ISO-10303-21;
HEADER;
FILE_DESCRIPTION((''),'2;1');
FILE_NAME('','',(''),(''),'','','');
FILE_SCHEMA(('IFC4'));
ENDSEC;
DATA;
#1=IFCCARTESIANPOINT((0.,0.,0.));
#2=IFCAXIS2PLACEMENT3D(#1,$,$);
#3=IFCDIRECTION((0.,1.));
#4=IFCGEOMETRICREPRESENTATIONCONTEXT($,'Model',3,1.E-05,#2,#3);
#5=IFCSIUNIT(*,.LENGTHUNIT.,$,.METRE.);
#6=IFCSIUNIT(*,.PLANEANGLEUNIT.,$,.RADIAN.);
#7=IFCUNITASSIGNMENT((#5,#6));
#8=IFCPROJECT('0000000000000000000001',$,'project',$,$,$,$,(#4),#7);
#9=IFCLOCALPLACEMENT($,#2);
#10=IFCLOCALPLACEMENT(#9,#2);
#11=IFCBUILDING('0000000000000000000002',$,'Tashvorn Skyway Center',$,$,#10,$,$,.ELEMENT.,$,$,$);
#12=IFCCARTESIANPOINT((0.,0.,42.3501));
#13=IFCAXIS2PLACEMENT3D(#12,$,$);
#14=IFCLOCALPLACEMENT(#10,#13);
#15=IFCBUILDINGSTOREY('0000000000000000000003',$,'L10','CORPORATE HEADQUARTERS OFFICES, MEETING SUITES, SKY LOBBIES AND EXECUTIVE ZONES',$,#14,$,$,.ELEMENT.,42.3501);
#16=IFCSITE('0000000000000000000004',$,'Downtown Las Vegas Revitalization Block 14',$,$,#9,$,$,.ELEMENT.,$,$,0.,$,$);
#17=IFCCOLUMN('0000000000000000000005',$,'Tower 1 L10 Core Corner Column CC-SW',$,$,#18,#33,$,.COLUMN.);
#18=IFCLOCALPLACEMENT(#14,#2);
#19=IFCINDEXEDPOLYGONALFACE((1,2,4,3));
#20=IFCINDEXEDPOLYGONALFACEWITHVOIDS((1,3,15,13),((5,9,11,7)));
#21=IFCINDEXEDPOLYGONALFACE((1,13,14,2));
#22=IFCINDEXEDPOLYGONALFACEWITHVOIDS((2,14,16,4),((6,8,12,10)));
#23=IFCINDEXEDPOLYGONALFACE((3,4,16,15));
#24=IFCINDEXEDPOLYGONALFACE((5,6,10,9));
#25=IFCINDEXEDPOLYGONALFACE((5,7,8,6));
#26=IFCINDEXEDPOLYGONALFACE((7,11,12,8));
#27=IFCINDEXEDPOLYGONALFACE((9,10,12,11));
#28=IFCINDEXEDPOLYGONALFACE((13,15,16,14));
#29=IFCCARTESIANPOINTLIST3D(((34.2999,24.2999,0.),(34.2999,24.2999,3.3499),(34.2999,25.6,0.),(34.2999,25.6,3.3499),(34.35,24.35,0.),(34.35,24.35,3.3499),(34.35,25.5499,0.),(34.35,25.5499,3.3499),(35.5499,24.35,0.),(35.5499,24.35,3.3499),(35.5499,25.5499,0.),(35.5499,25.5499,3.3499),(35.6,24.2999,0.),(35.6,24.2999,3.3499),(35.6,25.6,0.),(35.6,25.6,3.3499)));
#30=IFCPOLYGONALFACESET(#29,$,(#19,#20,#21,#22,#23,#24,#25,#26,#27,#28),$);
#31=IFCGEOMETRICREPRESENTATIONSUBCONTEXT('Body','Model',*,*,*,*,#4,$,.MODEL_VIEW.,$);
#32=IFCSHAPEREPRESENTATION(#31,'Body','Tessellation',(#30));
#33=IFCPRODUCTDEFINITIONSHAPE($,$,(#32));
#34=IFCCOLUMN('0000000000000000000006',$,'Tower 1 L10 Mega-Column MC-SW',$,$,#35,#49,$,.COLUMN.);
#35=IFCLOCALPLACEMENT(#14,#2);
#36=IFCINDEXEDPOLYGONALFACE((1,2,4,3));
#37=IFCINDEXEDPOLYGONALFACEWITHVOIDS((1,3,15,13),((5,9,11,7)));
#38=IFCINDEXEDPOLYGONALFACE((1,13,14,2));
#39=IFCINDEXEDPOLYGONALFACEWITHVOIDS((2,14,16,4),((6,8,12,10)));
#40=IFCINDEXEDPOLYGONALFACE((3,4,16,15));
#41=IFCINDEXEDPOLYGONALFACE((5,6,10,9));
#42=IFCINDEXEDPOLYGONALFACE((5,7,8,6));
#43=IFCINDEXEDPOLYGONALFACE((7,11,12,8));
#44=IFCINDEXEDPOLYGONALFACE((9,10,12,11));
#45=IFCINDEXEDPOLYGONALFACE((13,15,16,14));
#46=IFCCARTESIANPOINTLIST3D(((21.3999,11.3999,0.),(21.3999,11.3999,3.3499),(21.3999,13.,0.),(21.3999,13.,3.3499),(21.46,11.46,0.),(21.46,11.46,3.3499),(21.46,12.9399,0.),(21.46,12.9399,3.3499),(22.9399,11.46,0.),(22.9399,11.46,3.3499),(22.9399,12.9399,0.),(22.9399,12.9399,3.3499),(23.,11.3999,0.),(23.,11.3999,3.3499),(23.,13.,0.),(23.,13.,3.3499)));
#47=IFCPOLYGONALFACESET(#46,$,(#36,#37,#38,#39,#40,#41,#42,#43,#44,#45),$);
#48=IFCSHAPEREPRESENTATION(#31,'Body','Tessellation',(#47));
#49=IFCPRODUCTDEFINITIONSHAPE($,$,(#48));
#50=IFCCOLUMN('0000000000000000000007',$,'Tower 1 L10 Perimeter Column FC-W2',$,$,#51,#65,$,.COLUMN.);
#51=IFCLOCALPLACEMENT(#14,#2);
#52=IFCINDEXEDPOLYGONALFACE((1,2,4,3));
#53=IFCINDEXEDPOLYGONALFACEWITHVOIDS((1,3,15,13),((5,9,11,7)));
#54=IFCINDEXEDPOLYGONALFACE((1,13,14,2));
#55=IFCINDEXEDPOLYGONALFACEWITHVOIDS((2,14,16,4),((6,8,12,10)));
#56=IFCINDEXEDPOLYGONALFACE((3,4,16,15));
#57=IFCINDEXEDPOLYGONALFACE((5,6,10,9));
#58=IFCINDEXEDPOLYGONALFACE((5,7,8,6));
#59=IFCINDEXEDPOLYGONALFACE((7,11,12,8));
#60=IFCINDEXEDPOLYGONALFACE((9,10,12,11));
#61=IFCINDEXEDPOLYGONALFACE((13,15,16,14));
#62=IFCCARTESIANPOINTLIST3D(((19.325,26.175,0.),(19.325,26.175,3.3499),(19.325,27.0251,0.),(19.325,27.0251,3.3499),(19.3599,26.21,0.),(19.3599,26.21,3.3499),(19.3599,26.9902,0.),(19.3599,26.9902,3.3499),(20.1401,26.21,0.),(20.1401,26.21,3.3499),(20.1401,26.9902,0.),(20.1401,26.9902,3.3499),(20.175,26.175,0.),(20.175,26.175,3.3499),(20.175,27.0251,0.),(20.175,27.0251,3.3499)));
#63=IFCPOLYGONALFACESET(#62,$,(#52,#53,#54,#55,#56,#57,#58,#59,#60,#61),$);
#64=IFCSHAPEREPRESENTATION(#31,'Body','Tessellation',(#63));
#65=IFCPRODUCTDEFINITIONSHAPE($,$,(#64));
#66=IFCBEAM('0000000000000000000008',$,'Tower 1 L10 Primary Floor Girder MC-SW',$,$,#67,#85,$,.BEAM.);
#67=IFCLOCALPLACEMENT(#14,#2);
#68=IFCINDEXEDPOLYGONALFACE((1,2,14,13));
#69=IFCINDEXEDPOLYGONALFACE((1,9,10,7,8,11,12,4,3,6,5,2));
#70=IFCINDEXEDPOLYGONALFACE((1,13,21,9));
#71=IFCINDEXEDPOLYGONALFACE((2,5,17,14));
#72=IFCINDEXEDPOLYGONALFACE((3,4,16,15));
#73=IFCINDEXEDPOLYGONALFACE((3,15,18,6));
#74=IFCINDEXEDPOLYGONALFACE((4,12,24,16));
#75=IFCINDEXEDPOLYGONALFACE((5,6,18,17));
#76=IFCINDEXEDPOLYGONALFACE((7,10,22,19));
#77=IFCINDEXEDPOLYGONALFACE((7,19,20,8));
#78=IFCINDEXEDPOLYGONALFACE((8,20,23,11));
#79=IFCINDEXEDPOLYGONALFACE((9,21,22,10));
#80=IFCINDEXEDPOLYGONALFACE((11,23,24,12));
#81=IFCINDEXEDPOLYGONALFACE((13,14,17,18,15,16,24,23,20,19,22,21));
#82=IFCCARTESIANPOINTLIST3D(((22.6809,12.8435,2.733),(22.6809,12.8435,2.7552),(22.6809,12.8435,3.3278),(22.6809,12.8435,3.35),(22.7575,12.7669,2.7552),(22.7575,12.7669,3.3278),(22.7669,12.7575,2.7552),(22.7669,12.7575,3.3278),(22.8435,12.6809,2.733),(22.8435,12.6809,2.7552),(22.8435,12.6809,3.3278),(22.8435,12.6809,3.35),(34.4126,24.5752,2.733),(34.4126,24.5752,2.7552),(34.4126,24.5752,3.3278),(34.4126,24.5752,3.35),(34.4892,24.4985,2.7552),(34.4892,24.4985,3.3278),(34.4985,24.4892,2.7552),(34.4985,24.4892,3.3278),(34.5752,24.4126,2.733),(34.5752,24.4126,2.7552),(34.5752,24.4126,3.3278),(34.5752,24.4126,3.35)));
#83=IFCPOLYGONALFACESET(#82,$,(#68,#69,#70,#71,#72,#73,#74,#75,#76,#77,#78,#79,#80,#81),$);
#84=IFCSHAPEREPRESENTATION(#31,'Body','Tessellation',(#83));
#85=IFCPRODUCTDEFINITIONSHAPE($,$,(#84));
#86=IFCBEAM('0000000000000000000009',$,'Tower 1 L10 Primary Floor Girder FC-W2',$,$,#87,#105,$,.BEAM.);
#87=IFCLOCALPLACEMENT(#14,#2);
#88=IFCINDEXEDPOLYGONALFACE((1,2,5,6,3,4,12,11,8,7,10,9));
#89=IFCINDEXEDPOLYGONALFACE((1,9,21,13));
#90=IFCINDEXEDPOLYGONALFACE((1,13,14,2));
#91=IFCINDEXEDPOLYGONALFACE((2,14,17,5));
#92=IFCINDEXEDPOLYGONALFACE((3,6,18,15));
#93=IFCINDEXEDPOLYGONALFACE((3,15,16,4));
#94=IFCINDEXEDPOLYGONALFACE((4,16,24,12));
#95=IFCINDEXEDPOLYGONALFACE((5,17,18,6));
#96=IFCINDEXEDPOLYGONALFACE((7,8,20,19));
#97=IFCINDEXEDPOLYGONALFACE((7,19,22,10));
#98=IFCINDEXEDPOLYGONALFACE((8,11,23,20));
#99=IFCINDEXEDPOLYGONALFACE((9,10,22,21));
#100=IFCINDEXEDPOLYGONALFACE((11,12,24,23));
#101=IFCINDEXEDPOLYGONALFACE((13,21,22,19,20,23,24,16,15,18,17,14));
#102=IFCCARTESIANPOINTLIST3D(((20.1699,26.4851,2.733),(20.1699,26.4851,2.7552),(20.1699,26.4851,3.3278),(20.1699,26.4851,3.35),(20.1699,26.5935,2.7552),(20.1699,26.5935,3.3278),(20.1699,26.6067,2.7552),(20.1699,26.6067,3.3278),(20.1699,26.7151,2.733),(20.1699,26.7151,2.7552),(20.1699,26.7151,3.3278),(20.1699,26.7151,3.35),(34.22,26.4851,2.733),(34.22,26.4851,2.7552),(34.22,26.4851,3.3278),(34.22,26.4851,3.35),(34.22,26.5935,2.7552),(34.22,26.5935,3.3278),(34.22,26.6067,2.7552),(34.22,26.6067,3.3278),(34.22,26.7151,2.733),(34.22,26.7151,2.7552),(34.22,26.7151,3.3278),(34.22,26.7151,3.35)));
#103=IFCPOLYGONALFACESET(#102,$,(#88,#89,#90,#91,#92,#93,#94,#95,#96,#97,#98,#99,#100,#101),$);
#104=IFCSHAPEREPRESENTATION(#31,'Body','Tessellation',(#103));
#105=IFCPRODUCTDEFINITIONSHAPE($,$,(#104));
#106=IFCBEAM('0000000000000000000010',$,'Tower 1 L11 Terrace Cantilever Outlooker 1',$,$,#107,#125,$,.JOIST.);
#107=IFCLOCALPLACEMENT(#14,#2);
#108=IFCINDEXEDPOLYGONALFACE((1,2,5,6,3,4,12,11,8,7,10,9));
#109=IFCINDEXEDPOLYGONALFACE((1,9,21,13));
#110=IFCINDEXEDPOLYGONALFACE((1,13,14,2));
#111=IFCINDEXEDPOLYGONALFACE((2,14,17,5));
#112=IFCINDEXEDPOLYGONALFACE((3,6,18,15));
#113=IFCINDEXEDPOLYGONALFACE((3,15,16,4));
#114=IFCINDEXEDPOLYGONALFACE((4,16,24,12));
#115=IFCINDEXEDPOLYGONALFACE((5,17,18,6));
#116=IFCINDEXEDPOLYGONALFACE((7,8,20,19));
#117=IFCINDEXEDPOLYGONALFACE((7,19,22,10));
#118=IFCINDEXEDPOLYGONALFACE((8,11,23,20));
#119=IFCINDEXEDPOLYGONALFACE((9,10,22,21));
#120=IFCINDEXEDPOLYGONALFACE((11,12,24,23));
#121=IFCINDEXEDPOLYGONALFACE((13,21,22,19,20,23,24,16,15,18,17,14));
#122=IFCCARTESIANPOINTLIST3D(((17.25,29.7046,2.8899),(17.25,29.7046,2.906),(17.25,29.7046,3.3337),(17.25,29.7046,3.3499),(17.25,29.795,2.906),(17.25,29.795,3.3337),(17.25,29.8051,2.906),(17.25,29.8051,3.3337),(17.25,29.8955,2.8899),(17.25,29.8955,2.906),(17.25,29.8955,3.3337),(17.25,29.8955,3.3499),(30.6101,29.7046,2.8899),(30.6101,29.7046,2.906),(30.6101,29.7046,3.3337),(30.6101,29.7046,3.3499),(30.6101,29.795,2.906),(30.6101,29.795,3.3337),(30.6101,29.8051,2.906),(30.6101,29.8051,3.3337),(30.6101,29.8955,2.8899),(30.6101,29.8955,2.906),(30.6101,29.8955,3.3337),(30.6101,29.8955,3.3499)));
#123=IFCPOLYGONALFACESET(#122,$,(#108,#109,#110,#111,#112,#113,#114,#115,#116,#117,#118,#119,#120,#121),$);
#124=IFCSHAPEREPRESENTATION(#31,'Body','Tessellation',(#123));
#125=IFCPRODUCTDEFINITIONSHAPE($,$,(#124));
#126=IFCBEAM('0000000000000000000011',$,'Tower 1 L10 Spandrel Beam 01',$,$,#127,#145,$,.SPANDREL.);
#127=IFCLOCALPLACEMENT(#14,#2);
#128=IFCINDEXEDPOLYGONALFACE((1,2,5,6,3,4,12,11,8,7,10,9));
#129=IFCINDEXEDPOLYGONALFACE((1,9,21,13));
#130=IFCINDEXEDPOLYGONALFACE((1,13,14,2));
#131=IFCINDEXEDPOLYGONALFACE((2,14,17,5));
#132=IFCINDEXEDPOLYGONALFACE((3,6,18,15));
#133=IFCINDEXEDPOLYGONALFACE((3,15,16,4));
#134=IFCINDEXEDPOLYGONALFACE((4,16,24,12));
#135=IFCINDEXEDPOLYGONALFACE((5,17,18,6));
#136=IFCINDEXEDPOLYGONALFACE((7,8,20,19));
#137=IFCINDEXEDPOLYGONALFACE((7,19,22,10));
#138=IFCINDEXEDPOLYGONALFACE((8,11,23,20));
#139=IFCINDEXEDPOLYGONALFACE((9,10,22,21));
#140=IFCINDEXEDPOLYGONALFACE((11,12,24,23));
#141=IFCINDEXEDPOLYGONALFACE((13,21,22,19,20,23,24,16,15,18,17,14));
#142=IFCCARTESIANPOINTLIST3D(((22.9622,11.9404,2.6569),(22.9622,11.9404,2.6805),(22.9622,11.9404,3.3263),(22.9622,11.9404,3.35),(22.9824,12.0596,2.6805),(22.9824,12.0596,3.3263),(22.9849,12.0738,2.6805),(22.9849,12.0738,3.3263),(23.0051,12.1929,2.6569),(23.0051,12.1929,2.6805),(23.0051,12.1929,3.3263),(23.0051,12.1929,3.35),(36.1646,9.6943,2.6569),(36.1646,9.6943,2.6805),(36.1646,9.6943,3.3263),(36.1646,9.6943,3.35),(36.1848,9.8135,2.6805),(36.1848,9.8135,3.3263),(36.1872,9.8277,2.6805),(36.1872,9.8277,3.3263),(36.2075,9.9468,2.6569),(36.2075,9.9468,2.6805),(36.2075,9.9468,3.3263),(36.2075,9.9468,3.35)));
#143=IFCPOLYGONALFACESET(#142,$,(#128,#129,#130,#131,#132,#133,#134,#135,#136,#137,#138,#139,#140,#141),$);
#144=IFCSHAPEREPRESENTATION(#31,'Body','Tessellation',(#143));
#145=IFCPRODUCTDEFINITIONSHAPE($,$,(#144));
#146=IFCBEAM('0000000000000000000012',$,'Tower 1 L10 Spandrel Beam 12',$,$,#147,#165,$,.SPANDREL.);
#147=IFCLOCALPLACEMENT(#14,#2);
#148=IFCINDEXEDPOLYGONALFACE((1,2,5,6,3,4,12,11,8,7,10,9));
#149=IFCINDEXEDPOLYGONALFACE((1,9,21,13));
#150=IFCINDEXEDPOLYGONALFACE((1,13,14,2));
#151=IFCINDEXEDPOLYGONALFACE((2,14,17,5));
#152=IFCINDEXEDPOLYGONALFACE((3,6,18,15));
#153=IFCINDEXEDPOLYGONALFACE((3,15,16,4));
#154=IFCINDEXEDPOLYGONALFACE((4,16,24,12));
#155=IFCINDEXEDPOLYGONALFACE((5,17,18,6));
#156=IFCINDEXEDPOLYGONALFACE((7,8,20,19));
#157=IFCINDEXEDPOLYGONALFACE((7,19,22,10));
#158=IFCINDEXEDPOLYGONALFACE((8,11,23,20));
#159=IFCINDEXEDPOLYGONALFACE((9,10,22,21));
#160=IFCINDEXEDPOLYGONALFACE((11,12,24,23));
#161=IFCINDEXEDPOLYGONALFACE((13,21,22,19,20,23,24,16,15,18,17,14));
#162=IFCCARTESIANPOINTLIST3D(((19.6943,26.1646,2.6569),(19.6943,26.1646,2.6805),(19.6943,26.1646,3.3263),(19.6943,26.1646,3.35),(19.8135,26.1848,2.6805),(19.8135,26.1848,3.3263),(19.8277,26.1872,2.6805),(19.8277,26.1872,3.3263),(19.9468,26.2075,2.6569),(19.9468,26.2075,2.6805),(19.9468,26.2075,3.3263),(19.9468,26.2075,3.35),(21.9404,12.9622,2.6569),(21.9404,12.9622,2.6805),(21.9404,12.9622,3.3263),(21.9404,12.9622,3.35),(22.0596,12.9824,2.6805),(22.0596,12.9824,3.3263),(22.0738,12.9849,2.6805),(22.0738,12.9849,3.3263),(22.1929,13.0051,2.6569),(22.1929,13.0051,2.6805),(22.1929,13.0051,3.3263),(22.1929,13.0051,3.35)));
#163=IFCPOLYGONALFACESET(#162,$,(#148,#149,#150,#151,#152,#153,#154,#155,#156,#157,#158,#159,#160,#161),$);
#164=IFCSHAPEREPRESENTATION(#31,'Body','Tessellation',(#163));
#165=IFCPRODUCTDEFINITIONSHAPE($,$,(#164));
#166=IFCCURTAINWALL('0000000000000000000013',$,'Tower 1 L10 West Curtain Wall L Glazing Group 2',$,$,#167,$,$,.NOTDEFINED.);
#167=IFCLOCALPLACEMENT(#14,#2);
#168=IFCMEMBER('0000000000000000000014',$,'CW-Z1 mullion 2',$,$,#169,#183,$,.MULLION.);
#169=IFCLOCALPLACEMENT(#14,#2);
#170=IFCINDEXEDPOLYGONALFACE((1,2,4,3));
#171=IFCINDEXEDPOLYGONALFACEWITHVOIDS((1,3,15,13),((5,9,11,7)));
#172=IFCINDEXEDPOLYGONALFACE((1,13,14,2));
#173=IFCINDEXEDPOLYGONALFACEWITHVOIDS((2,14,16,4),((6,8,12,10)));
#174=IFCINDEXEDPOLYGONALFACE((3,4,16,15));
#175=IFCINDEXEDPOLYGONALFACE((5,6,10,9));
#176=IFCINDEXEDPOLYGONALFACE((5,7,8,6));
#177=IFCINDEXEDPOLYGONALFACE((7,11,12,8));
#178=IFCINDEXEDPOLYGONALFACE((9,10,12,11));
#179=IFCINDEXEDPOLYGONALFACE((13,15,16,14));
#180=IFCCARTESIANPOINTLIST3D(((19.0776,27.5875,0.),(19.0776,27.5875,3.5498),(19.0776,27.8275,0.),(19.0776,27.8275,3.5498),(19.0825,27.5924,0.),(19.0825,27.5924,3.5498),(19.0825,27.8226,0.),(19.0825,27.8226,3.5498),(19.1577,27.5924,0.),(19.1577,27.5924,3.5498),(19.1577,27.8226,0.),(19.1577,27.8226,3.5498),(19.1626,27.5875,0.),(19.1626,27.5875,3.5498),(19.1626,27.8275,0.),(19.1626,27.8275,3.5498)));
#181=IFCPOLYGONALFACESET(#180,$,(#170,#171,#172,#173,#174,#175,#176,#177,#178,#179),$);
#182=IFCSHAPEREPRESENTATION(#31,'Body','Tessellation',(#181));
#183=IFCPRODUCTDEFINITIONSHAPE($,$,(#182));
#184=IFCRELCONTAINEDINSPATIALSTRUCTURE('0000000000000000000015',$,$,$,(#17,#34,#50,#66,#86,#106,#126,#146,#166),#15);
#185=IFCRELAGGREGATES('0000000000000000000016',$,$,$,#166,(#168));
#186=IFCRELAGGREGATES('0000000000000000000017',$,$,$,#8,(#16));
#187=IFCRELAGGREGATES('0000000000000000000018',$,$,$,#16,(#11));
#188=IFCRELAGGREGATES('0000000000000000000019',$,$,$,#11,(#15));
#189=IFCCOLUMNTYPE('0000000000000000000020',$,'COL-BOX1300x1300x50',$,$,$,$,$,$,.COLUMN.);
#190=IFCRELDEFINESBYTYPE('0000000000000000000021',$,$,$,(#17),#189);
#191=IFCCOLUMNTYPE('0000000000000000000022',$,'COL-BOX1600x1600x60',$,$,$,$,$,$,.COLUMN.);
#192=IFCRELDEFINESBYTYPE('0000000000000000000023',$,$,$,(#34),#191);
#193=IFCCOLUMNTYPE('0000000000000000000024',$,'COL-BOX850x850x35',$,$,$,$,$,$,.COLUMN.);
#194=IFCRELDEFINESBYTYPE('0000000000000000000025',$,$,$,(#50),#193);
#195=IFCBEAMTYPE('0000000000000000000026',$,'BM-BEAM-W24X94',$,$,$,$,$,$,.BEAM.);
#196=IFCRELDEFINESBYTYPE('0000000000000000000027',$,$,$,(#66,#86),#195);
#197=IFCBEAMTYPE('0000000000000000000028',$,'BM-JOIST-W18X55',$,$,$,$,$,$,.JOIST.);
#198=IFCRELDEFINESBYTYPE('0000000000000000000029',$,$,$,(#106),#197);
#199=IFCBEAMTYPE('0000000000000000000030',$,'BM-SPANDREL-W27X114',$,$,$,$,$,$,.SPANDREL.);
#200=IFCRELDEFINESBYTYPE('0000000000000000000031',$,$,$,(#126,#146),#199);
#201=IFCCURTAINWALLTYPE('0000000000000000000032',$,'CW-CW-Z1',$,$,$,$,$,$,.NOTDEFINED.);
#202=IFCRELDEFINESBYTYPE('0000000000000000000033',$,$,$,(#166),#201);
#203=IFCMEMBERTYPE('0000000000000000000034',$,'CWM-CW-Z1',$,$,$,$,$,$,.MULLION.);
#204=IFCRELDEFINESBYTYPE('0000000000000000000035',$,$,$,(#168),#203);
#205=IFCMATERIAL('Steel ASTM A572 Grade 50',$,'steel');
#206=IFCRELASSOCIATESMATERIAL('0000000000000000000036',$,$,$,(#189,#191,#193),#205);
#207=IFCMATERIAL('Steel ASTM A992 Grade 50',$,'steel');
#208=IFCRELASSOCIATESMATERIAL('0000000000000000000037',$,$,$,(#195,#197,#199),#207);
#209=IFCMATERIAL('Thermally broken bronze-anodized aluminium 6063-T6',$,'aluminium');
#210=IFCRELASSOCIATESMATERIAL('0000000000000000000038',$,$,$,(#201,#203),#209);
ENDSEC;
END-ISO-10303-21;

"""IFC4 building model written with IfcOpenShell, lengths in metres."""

from ifc_helpers import new_model, si_unit, direction, frame, origin, origin_2d, place, context, subcontext, project, spatial, hollow_rectangle, i_section, extrude, material, material_profile, profile_set, type_object, element, aggregate, save


model = new_model("IFC4")

# Units and contexts
model_context = context("Model", 3, precision=1e-05, world=origin(), true_north=direction((0.0, 1.0)))
body_context = subcontext(model_context, "Body", "Model", "MODEL_VIEW")
ifc_project = project(units=[si_unit("LENGTHUNIT", "METRE"), si_unit("PLANEANGLEUNIT", "RADIAN")], contexts=[model_context])

# Site, building, storey
site_placement = place(None, origin())
site = spatial("IfcSite", under=ifc_project, at=site_placement, Name="Downtown Las Vegas Revitalization Block 14", CompositionType="ELEMENT", RefElevation=0.0)
building_placement = place(site_placement, origin())
building = spatial("IfcBuilding", under=site, at=building_placement, Name="Tashvorn Skyway Center", CompositionType="ELEMENT")
storey_placement = place(building_placement, frame((0.0, 0.0, 42.3501)))
storey = spatial("IfcBuildingStorey", under=building, at=storey_placement, Name="L10", Description="CORPORATE HEADQUARTERS OFFICES, MEETING SUITES, SKY LOBBIES AND EXECUTIVE ZONES", CompositionType="ELEMENT", Elevation=42.3501)

# Columns
ifc_material_1 = material(Name="Steel ASTM A572 Grade 50", Category="steel")
ifc_material_profile_1 = material_profile(ifc_material_1, hollow_rectangle(XDim=1.3, YDim=1.3, WallThickness=0.05, at=origin_2d()), Name="BOX1300x1300x50")
ifc_profile_set_1 = profile_set([ifc_material_profile_1], Name="Steel ASTM A572 Grade 50")
column_type_1 = type_object("IfcColumnType", Name="COL-BOX1300x1300x50", PredefinedType="COLUMN", material=ifc_profile_set_1)
column_1_placement = place(storey_placement, frame((34.95, 24.95, 0.0), z_axis=(0.0, 0.0, 1.0), x_axis=(1.0, 0.0, 0.0)))
element("IfcColumn", 1, at=column_1_placement, inside=storey, type_object=column_type_1, Name="Tower 1 L10 Core Corner Column CC-SW", PredefinedType="COLUMN", context=body_context, shape_type="SweptSolid", body=[
    extrude(hollow_rectangle(XDim=1.3, YDim=1.3, WallThickness=0.05, at=origin_2d()), origin(), (0.0, 0.0, 1.0), 3.3499),
])
ifc_material_profile_2 = material_profile(ifc_material_1, hollow_rectangle(XDim=1.6001, YDim=1.6001, WallThickness=0.0601, at=origin_2d()), Name="BOX1600x1600x60")
ifc_profile_set_2 = profile_set([ifc_material_profile_2], Name="Steel ASTM A572 Grade 50")
column_type_2 = type_object("IfcColumnType", Name="COL-BOX1600x1600x60", PredefinedType="COLUMN", material=ifc_profile_set_2)
column_2_placement = place(storey_placement, frame((22.2, 12.2, 0.0), z_axis=(0.0, 0.0, 1.0), x_axis=(1.0, 0.0, 0.0)))
element("IfcColumn", 2, at=column_2_placement, inside=storey, type_object=column_type_2, Name="Tower 1 L10 Mega-Column MC-SW", PredefinedType="COLUMN", context=body_context, shape_type="SweptSolid", body=[
    extrude(hollow_rectangle(XDim=1.6001, YDim=1.6001, WallThickness=0.0601, at=origin_2d()), origin(), (0.0, 0.0, 1.0), 3.3499),
])
ifc_material_profile_3 = material_profile(ifc_material_1, hollow_rectangle(XDim=0.8501, YDim=0.8501, WallThickness=0.0349, at=origin_2d()), Name="BOX850x850x35")
ifc_profile_set_3 = profile_set([ifc_material_profile_3], Name="Steel ASTM A572 Grade 50")
column_type_3 = type_object("IfcColumnType", Name="COL-BOX850x850x35", PredefinedType="COLUMN", material=ifc_profile_set_3)
column_3_placement = place(storey_placement, frame((19.75, 26.6001, 0.0), z_axis=(0.0, 0.0, 1.0), x_axis=(1.0, 0.0, 0.0)))
element("IfcColumn", 3, at=column_3_placement, inside=storey, type_object=column_type_3, Name="Tower 1 L10 Perimeter Column FC-W2", PredefinedType="COLUMN", context=body_context, shape_type="SweptSolid", body=[
    extrude(hollow_rectangle(XDim=0.8501, YDim=0.8501, WallThickness=0.0349, at=origin_2d()), origin(), (0.0, 0.0, 1.0), 3.3499),
])

# Beams
ifc_material_2 = material(Name="Steel ASTM A992 Grade 50", Category="steel")
ifc_material_profile_4 = material_profile(ifc_material_2, i_section(OverallWidth=0.23, OverallDepth=0.6169, WebThickness=0.0132, FlangeThickness=0.0222, at=origin_2d()), Name="W24X94")
ifc_profile_set_4 = profile_set([ifc_material_profile_4], Name="Steel ASTM A992 Grade 50")
beam_type_1 = type_object("IfcBeamType", Name="BM-BEAM-W24X94", PredefinedType="BEAM", material=ifc_profile_set_4)
beam_1_placement = place(storey_placement, frame((22.7622, 12.7622, 3.0415), z_axis=(0.707107, 0.707107, 0.0), x_axis=(-0.707107, 0.707107, 0.0)))
element("IfcBeam", 4, at=beam_1_placement, inside=storey, type_object=beam_type_1, Name="Tower 1 L10 Primary Floor Girder MC-SW", PredefinedType="BEAM", context=body_context, shape_type="SweptSolid", body=[
    extrude(i_section(OverallWidth=0.23, OverallDepth=0.6169, WebThickness=0.0132, FlangeThickness=0.0222, at=origin_2d()), origin(), (0.0, 0.0, 1.0), 16.5911),
])
beam_2_placement = place(storey_placement, frame((20.1699, 26.6001, 3.0415), z_axis=(1.0, 0.0, 0.0), x_axis=(0.0, 1.0, 0.0)))
element("IfcBeam", 5, at=beam_2_placement, inside=storey, type_object=beam_type_1, Name="Tower 1 L10 Primary Floor Girder FC-W2", PredefinedType="BEAM", context=body_context, shape_type="SweptSolid", body=[
    extrude(i_section(OverallWidth=0.23, OverallDepth=0.6169, WebThickness=0.0132, FlangeThickness=0.0222, at=origin_2d()), origin(), (0.0, 0.0, 1.0), 14.05),
])
ifc_material_profile_5 = material_profile(ifc_material_2, i_section(OverallWidth=0.1909, OverallDepth=0.46, WebThickness=0.01, FlangeThickness=0.0161, at=origin_2d()), Name="W18X55")
ifc_profile_set_5 = profile_set([ifc_material_profile_5], Name="Steel ASTM A992 Grade 50")
beam_type_2 = type_object("IfcBeamType", Name="BM-JOIST-W18X55", PredefinedType="JOIST", material=ifc_profile_set_5)
beam_3_placement = place(storey_placement, frame((30.6101, 29.8, 3.1199), z_axis=(-1.0, 0.0, 0.0), x_axis=(0.0, -1.0, 0.0)))
element("IfcBeam", 6, at=beam_3_placement, inside=storey, type_object=beam_type_2, Name="Tower 1 L11 Terrace Cantilever Outlooker 1", PredefinedType="JOIST", context=body_context, shape_type="SweptSolid", body=[
    extrude(i_section(OverallWidth=0.1909, OverallDepth=0.46, WebThickness=0.01, FlangeThickness=0.0161, at=origin_2d()), origin(), (0.0, 0.0, 1.0), 13.3601),
])
ifc_material_profile_6 = material_profile(ifc_material_2, i_section(OverallWidth=0.2561, OverallDepth=0.6931, WebThickness=0.0144, FlangeThickness=0.0237, at=origin_2d()), Name="W27X114")
ifc_profile_set_6 = profile_set([ifc_material_profile_6], Name="Steel ASTM A992 Grade 50")
beam_type_3 = type_object("IfcBeamType", Name="BM-SPANDREL-W27X114", PredefinedType="SPANDREL", material=ifc_profile_set_6)
for number, where, z_axis, x_axis, name in (
    (7, (22.9836, 12.0667, 3.0034), (0.985835, -0.167718, 0.0), (0.167718, 0.985835, 0.0), "Tower 1 L10 Spandrel Beam 01"),
    (8, (19.8206, 26.186, 3.0034), (0.167718, -0.985835, 0.0), (0.985835, 0.167718, 0.0), "Tower 1 L10 Spandrel Beam 12"),
):
    element("IfcBeam", number, at=place(storey_placement, frame(where, z_axis=z_axis, x_axis=x_axis)), inside=storey, type_object=beam_type_3, Name=name, PredefinedType="SPANDREL", context=body_context, shape_type="SweptSolid", body=[
        extrude(i_section(OverallWidth=0.2561, OverallDepth=0.6931, WebThickness=0.0144, FlangeThickness=0.0237, at=origin_2d()), origin(), (0.0, 0.0, 1.0), 13.3921),
    ])

# Curtain wall, member
ifc_material_3 = material(Name="Thermally broken bronze-anodized aluminium 6063-T6", Category="aluminium")
curtain_wall_type = type_object("IfcCurtainWallType", Name="CW-CW-Z1", PredefinedType="NOTDEFINED", material=ifc_material_3)
curtain_wall_placement = place(storey_placement, origin())
curtain_wall = element("IfcCurtainWall", 9, at=curtain_wall_placement, inside=storey, type_object=curtain_wall_type, Name="Tower 1 L10 West Curtain Wall L Glazing Group 2", PredefinedType="NOTDEFINED")
ifc_material_profile_7 = material_profile(ifc_material_3, hollow_rectangle(XDim=0.085, YDim=0.24, WallThickness=0.0049, at=origin_2d()), Name="ALU-MULL-85x240")
ifc_profile_set_7 = profile_set([ifc_material_profile_7], Name="Thermally broken bronze-anodized aluminium 6063-T6")
member_type = type_object("IfcMemberType", Name="CWM-CW-Z1", PredefinedType="MULLION", material=ifc_profile_set_7)
member_placement = place(storey_placement, frame((19.1201, 27.7075, 0.0), z_axis=(0.0, 0.0, 1.0), x_axis=(-1.0, 0.0, 0.0)))
member = element("IfcMember", 10, at=member_placement, type_object=member_type, Name="CW-Z1 mullion 2", PredefinedType="MULLION", context=body_context, shape_type="SweptSolid", body=[
    extrude(hollow_rectangle(XDim=0.085, YDim=0.24, WallThickness=0.0049, at=origin_2d()), origin(), (0.0, 0.0, 1.0), 3.5498),
])
aggregate(curtain_wall, [member])

save(model, "model.ifc")
